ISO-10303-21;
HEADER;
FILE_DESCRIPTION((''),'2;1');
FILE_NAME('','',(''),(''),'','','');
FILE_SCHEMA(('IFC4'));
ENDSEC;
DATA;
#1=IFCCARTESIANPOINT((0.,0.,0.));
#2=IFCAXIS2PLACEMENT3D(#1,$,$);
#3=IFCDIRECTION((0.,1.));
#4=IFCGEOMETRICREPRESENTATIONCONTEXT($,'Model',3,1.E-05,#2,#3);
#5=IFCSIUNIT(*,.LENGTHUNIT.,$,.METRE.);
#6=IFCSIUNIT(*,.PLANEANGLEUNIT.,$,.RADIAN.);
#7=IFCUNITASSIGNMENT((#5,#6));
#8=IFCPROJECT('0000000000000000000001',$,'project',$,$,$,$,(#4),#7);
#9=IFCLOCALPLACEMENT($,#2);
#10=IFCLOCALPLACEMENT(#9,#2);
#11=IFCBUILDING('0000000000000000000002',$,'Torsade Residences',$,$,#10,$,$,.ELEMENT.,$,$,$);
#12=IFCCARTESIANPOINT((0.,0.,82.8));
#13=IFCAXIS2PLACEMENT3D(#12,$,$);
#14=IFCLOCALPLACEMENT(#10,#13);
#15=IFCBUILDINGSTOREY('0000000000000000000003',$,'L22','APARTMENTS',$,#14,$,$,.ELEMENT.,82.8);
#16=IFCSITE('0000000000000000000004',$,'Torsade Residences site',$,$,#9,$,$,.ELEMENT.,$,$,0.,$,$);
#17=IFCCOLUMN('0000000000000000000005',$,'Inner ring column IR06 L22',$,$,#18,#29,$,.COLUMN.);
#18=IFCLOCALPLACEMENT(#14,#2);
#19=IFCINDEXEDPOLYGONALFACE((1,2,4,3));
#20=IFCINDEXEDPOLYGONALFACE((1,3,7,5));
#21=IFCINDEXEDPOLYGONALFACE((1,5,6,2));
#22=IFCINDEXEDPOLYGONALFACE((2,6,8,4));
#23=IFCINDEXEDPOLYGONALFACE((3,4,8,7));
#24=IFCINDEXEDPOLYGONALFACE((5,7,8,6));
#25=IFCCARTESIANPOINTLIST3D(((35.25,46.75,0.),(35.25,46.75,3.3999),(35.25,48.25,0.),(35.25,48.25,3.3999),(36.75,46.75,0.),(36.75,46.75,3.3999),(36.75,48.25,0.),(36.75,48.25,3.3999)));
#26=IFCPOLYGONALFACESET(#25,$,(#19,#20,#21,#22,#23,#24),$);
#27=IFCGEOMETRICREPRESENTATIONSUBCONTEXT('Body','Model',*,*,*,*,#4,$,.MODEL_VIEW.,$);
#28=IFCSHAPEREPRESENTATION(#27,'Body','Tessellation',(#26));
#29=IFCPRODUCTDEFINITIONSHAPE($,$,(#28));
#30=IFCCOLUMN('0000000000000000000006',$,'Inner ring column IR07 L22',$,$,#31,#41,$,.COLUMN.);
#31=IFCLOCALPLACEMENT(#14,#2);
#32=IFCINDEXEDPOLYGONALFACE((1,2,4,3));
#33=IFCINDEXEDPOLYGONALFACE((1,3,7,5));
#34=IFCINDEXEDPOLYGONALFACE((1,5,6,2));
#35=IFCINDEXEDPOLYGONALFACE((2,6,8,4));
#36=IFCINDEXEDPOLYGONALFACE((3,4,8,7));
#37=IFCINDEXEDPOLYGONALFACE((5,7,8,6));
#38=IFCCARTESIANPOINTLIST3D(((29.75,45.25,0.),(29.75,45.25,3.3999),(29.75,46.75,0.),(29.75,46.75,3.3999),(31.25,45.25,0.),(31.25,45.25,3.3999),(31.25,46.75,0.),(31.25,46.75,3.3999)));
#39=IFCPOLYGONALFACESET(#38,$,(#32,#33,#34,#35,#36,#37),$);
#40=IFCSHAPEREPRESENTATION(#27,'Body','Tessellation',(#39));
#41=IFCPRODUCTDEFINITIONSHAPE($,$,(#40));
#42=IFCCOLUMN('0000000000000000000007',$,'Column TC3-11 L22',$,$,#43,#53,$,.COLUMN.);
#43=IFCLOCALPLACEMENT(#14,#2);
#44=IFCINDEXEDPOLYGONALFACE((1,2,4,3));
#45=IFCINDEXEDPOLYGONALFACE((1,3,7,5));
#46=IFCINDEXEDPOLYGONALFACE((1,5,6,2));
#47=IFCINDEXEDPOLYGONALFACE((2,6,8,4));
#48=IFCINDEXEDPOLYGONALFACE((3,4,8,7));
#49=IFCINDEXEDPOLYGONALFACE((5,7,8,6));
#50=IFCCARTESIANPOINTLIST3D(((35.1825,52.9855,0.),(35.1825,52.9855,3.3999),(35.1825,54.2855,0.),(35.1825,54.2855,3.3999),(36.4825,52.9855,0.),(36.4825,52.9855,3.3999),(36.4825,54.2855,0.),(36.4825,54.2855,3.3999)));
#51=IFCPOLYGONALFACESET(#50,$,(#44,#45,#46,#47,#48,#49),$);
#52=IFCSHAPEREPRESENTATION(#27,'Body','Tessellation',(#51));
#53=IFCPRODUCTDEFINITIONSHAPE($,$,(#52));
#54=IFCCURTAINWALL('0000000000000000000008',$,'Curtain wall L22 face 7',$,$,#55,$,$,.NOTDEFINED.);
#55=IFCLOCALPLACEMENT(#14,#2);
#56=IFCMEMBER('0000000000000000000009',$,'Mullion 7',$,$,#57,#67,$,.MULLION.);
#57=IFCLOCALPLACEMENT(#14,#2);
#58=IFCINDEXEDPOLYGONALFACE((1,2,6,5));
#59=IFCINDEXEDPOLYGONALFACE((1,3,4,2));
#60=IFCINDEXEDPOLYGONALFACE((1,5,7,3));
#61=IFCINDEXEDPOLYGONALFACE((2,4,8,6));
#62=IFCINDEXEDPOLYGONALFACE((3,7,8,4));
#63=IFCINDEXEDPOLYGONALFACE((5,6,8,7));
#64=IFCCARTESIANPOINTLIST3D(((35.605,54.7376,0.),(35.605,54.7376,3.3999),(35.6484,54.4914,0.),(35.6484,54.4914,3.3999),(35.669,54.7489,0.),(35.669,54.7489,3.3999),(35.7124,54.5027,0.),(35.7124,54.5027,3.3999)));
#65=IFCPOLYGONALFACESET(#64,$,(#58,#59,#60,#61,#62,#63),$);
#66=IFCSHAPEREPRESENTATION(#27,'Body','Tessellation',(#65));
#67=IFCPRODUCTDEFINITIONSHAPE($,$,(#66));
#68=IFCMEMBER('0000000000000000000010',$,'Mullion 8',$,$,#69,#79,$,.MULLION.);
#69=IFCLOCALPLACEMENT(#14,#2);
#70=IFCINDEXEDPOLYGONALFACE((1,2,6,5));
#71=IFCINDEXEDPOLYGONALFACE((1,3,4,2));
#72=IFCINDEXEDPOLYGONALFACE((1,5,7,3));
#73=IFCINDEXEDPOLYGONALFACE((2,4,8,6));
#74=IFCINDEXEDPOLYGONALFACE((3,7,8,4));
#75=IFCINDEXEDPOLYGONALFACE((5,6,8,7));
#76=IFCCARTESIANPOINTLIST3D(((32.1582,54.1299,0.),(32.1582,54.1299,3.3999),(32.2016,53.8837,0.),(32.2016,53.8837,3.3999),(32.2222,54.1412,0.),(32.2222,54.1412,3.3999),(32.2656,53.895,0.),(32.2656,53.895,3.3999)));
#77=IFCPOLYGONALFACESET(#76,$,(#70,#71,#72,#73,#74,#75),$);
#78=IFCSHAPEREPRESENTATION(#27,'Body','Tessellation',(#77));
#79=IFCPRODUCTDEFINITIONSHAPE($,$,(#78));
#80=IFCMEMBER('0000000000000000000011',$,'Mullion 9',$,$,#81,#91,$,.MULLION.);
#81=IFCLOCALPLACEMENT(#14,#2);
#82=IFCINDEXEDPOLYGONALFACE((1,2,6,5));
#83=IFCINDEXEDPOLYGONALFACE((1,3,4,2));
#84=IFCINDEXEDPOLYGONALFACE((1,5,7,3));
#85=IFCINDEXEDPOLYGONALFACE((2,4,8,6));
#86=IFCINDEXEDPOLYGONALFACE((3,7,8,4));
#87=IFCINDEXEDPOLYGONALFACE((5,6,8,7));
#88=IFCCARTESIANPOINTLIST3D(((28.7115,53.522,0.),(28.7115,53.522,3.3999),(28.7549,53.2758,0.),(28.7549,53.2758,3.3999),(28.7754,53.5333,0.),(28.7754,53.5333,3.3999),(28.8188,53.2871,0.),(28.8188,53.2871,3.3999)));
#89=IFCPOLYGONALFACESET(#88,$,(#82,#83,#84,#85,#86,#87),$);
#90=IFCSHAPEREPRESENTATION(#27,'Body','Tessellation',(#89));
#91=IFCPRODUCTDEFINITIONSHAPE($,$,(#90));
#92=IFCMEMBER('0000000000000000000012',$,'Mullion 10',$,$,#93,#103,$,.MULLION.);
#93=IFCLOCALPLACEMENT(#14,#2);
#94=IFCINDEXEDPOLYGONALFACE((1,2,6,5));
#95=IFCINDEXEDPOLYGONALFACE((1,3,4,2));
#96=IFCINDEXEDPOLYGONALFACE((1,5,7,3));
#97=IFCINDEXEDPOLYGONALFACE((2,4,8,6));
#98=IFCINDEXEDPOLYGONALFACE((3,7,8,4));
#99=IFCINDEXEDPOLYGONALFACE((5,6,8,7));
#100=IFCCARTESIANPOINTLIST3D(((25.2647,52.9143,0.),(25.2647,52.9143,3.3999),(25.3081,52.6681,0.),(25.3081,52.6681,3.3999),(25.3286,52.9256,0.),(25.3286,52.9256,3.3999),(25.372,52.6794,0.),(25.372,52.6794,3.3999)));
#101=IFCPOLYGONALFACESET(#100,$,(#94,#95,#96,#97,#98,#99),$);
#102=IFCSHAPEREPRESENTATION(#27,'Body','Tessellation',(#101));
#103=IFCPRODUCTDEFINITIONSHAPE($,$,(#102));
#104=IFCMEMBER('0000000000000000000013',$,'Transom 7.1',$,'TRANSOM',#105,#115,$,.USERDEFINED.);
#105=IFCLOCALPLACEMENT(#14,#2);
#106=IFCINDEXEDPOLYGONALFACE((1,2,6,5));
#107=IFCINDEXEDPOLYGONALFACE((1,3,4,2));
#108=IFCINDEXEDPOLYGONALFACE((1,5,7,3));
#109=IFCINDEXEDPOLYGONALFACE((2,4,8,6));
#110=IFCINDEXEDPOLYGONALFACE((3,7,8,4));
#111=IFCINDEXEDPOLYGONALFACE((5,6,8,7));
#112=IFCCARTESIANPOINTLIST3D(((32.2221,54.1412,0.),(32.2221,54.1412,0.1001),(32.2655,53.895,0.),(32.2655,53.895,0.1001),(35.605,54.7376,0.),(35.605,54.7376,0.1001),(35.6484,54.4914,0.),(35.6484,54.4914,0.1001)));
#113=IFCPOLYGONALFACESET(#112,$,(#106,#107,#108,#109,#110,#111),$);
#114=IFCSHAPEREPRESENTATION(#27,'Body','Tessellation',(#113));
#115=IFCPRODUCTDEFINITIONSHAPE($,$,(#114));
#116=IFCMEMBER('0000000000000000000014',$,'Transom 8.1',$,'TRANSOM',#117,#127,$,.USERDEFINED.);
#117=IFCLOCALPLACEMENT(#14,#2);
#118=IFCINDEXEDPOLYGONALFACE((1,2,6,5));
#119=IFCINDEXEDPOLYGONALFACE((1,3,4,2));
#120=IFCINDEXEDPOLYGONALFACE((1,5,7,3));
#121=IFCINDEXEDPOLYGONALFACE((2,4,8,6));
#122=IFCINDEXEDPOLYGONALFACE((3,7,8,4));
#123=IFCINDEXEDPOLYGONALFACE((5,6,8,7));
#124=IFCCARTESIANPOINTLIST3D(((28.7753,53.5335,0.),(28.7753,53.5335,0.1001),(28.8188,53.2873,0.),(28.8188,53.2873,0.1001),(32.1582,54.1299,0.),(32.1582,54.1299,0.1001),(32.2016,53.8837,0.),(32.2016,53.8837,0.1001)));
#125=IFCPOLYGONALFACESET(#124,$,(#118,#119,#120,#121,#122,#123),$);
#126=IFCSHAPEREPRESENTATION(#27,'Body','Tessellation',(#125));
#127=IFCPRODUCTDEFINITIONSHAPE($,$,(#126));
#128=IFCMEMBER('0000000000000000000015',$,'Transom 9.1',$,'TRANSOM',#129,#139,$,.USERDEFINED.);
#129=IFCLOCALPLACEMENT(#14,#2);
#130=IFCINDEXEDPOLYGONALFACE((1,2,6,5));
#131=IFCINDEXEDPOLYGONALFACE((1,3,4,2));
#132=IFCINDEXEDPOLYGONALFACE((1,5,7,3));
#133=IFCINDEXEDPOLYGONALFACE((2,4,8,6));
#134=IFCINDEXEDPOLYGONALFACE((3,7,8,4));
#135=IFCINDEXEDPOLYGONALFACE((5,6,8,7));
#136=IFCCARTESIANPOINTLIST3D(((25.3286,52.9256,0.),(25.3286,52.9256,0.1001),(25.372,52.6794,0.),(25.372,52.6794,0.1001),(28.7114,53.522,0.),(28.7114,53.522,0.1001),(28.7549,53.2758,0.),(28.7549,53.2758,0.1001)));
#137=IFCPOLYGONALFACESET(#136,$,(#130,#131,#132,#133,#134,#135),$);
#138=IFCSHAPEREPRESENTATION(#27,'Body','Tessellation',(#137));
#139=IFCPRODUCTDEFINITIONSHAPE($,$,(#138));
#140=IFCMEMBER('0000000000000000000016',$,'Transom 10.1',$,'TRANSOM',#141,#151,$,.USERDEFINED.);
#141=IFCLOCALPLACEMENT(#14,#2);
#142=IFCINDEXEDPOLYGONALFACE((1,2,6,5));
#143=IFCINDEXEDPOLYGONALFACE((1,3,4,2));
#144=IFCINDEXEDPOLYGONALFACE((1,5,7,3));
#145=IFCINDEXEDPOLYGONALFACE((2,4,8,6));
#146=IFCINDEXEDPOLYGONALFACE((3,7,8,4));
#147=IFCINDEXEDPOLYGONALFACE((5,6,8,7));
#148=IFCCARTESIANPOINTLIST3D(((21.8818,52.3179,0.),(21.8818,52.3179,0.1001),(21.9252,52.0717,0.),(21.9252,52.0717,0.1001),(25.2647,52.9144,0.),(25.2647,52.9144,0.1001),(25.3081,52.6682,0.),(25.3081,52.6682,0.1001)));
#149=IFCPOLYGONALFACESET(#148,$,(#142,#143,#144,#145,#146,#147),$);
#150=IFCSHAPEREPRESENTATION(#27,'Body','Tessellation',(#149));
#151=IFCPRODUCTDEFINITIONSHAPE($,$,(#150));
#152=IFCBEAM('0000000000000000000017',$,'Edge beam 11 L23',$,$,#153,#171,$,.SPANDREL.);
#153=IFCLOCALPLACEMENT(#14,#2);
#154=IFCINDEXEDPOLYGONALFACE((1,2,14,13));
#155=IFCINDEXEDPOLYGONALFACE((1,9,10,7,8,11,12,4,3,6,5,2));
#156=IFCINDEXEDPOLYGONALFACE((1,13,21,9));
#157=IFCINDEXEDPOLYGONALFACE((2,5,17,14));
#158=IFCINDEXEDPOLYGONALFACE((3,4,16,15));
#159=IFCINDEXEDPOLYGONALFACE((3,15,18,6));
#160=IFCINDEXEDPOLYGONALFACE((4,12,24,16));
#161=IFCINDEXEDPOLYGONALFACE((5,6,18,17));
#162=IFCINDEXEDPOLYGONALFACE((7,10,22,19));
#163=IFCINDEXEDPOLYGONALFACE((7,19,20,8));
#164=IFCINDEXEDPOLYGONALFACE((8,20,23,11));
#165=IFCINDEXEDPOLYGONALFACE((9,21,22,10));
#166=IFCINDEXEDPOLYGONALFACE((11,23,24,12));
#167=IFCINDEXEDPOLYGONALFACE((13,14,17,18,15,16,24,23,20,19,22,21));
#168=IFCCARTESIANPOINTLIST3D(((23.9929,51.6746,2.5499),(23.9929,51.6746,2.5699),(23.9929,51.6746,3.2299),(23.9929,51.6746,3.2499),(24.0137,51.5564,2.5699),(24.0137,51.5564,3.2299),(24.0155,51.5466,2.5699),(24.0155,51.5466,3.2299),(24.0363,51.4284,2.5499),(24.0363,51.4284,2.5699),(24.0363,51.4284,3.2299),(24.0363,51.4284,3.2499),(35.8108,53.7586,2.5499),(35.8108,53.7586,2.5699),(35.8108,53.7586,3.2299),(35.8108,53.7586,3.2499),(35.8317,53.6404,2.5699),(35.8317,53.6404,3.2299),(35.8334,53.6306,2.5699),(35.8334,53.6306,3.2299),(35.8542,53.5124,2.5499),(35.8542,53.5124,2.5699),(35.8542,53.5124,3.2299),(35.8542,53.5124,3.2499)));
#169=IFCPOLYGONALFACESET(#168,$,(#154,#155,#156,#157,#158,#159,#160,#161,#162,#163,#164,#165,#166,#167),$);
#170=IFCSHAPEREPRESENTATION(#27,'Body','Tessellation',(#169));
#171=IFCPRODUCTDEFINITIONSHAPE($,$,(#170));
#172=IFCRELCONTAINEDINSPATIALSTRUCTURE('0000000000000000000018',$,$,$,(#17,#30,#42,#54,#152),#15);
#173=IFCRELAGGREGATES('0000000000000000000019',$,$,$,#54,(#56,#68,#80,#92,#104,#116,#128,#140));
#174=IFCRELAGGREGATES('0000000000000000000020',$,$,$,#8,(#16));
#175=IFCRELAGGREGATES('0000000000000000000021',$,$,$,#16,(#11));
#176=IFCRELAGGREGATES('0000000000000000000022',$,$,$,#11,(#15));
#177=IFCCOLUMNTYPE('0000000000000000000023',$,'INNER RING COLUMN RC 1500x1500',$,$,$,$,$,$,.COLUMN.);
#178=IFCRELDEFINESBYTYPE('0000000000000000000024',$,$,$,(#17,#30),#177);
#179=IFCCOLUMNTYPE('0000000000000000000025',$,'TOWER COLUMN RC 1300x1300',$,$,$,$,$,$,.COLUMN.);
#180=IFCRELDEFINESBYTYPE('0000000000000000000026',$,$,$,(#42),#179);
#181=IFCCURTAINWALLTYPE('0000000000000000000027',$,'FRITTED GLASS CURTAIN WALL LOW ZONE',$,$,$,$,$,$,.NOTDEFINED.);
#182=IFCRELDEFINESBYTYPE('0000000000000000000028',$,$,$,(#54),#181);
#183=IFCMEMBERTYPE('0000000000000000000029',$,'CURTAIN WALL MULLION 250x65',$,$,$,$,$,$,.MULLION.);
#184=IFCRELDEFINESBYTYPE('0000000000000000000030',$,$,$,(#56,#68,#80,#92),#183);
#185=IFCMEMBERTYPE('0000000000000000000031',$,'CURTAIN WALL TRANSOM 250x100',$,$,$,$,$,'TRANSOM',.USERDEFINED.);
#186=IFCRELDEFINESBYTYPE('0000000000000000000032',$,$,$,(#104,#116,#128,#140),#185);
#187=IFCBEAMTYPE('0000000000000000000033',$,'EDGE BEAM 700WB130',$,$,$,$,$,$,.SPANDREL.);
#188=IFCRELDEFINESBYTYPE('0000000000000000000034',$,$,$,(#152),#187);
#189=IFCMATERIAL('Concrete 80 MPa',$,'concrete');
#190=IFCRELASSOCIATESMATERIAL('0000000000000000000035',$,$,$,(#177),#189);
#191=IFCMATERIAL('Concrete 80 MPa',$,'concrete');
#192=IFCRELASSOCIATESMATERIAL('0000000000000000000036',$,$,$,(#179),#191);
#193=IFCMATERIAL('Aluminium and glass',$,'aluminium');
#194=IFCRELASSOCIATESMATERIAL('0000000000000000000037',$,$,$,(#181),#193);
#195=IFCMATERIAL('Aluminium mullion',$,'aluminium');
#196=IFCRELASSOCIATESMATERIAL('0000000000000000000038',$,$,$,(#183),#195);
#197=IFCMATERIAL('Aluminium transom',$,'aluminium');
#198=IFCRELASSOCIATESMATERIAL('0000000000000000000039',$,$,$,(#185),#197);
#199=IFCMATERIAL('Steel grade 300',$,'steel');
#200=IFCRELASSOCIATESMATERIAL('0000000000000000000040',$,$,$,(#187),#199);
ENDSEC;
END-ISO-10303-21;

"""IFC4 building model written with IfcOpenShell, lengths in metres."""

from ifc_helpers import new_model, si_unit, direction, frame, origin, origin_2d, place, context, subcontext, project, spatial, rectangle, i_section, extrude, material, material_profile, profile_set, type_object, element, aggregate, save


model = new_model("IFC4")

# Units and contexts
model_context = context("Model", 3, precision=1e-05, world=origin(), true_north=direction((0.0, 1.0)))
body_context = subcontext(model_context, "Body", "Model", "MODEL_VIEW")
ifc_project = project(units=[si_unit("LENGTHUNIT", "METRE"), si_unit("PLANEANGLEUNIT", "RADIAN")], contexts=[model_context])

# Site, building, storey
site_placement = place(None, origin())
site = spatial("IfcSite", under=ifc_project, at=site_placement, Name="Torsade Residences site", CompositionType="ELEMENT", RefElevation=0.0)
building_placement = place(site_placement, origin())
building = spatial("IfcBuilding", under=site, at=building_placement, Name="Torsade Residences", CompositionType="ELEMENT")
storey_placement = place(building_placement, frame((0.0, 0.0, 82.8)))
storey = spatial("IfcBuildingStorey", under=building, at=storey_placement, Name="L22", Description="APARTMENTS", CompositionType="ELEMENT", Elevation=82.8)

# Columns
ifc_material_1 = material(Name="Concrete 80 MPa", Category="concrete")
ifc_material_profile_1 = material_profile(ifc_material_1, rectangle(XDim=1.5, YDim=1.5, at=origin_2d()), Name="RC 1500x1500")
ifc_profile_set_1 = profile_set([ifc_material_profile_1], Name="Concrete 80 MPa")
column_type_1 = type_object("IfcColumnType", Name="INNER RING COLUMN RC 1500x1500", PredefinedType="COLUMN", material=ifc_profile_set_1)
for number, where, z_axis, x_axis, name in (
    (1, (36.0, 47.5, 0.0), (0.0, 0.0, 1.0), (1.0, 0.0, 0.0), "Inner ring column IR06 L22"),
    (2, (30.5, 46.0, 0.0), (0.0, 0.0, 1.0), (1.0, 0.0, 0.0), "Inner ring column IR07 L22"),
):
    element("IfcColumn", number, at=place(storey_placement, frame(where, z_axis=z_axis, x_axis=x_axis)), inside=storey, type_object=column_type_1, Name=name, PredefinedType="COLUMN", context=body_context, shape_type="SweptSolid", body=[
        extrude(rectangle(XDim=1.5, YDim=1.5, at=origin_2d()), origin(), (0.0, 0.0, 1.0), 3.3999),
    ])
ifc_material_2 = material(Name="Concrete 80 MPa", Category="concrete")
ifc_material_profile_2 = material_profile(ifc_material_2, rectangle(XDim=1.3, YDim=1.3, at=origin_2d()), Name="RC 1300x1300")
ifc_profile_set_2 = profile_set([ifc_material_profile_2], Name="Concrete 80 MPa")
column_type_2 = type_object("IfcColumnType", Name="TOWER COLUMN RC 1300x1300", PredefinedType="COLUMN", material=ifc_profile_set_2)
column_placement = place(storey_placement, frame((35.8325, 53.6355, 0.0), z_axis=(0.0, 0.0, 1.0), x_axis=(1.0, 0.0, 0.0)))
element("IfcColumn", 3, at=column_placement, inside=storey, type_object=column_type_2, Name="Column TC3-11 L22", PredefinedType="COLUMN", context=body_context, shape_type="SweptSolid", body=[
    extrude(rectangle(XDim=1.3, YDim=1.3, at=origin_2d()), origin(), (0.0, 0.0, 1.0), 3.3999),
])

# Curtain wall, members
ifc_material_3 = material(Name="Aluminium and glass", Category="aluminium")
curtain_wall_type = type_object("IfcCurtainWallType", Name="FRITTED GLASS CURTAIN WALL LOW ZONE", PredefinedType="NOTDEFINED", material=ifc_material_3)
curtain_wall_placement = place(storey_placement, origin())
curtain_wall = element("IfcCurtainWall", 4, at=curtain_wall_placement, inside=storey, type_object=curtain_wall_type, Name="Curtain wall L22 face 7", PredefinedType="NOTDEFINED")
ifc_material_4 = material(Name="Aluminium mullion", Category="aluminium")
ifc_material_profile_3 = material_profile(ifc_material_4, rectangle(XDim=0.25, YDim=0.0649, at=origin_2d()), Name="CURTAIN WALL MULLION 250x65")
ifc_profile_set_3 = profile_set([ifc_material_profile_3], Name="Aluminium mullion")
member_type_1 = type_object("IfcMemberType", Name="CURTAIN WALL MULLION 250x65", PredefinedType="MULLION", material=ifc_profile_set_3)
member_1_placement = place(storey_placement, frame((35.6587, 54.6201, 0.0), z_axis=(0.0, 0.0, 1.0), x_axis=(0.173648, -0.984808, 0.0)))
member_1 = element("IfcMember", 5, at=member_1_placement, type_object=member_type_1, Name="Mullion 7", PredefinedType="MULLION", context=body_context, shape_type="SweptSolid", body=[
    extrude(rectangle(XDim=0.25, YDim=0.0649, at=origin_2d()), origin(), (0.0, 0.0, 1.0), 3.3999),
])
member_2_placement = place(storey_placement, frame((32.2119, 54.0125, 0.0), z_axis=(0.0, 0.0, 1.0), x_axis=(0.173648, -0.984808, 0.0)))
member_2 = element("IfcMember", 6, at=member_2_placement, type_object=member_type_1, Name="Mullion 8", PredefinedType="MULLION", context=body_context, shape_type="SweptSolid", body=[
    extrude(rectangle(XDim=0.25, YDim=0.0649, at=origin_2d()), origin(), (0.0, 0.0, 1.0), 3.3999),
])
member_3_placement = place(storey_placement, frame((28.7651, 53.4045, 0.0), z_axis=(0.0, 0.0, 1.0), x_axis=(0.173648, -0.984808, 0.0)))
member_3 = element("IfcMember", 7, at=member_3_placement, type_object=member_type_1, Name="Mullion 9", PredefinedType="MULLION", context=body_context, shape_type="SweptSolid", body=[
    extrude(rectangle(XDim=0.25, YDim=0.0649, at=origin_2d()), origin(), (0.0, 0.0, 1.0), 3.3999),
])
member_4_placement = place(storey_placement, frame((25.3184, 52.7969, 0.0), z_axis=(0.0, 0.0, 1.0), x_axis=(0.173648, -0.984808, 0.0)))
member_4 = element("IfcMember", 8, at=member_4_placement, type_object=member_type_1, Name="Mullion 10", PredefinedType="MULLION", context=body_context, shape_type="SweptSolid", body=[
    extrude(rectangle(XDim=0.25, YDim=0.0649, at=origin_2d()), origin(), (0.0, 0.0, 1.0), 3.3999),
])
ifc_material_5 = material(Name="Aluminium transom", Category="aluminium")
ifc_material_profile_4 = material_profile(ifc_material_5, rectangle(XDim=0.25, YDim=0.1001, at=origin_2d()), Name="CURTAIN WALL TRANSOM 250x100")
ifc_profile_set_4 = profile_set([ifc_material_profile_4], Name="Aluminium transom")
member_type_2 = type_object("IfcMemberType", Name="CURTAIN WALL TRANSOM 250x100", ElementType="TRANSOM", PredefinedType="USERDEFINED", material=ifc_profile_set_4)
member_5_placement = place(storey_placement, frame((35.6267, 54.6145, 0.05), z_axis=(-0.98481, -0.173635, 0.0), x_axis=(0.173635, -0.98481, 0.0)))
member_5 = element("IfcMember", 9, at=member_5_placement, type_object=member_type_2, Name="Transom 7.1", ObjectType="TRANSOM", PredefinedType="USERDEFINED", context=body_context, shape_type="SweptSolid", body=[
    extrude(rectangle(XDim=0.25, YDim=0.1001, at=origin_2d()), origin(), (0.0, 0.0, 1.0), 3.4351),
])
member_6_placement = place(storey_placement, frame((32.1799, 54.0068, 0.05), z_axis=(-0.98481, -0.173635, 0.0), x_axis=(0.173635, -0.98481, 0.0)))
member_6 = element("IfcMember", 10, at=member_6_placement, type_object=member_type_2, Name="Transom 8.1", ObjectType="TRANSOM", PredefinedType="USERDEFINED", context=body_context, shape_type="SweptSolid", body=[
    extrude(rectangle(XDim=0.25, YDim=0.1001, at=origin_2d()), origin(), (0.0, 0.0, 1.0), 3.4351),
])
member_7_placement = place(storey_placement, frame((28.7332, 53.3989, 0.05), z_axis=(-0.98481, -0.173635, 0.0), x_axis=(0.173635, -0.98481, 0.0)))
member_7 = element("IfcMember", 11, at=member_7_placement, type_object=member_type_2, Name="Transom 9.1", ObjectType="TRANSOM", PredefinedType="USERDEFINED", context=body_context, shape_type="SweptSolid", body=[
    extrude(rectangle(XDim=0.25, YDim=0.1001, at=origin_2d()), origin(), (0.0, 0.0, 1.0), 3.4351),
])
member_8_placement = place(storey_placement, frame((25.2864, 52.7913, 0.05), z_axis=(-0.98481, -0.173635, 0.0), x_axis=(0.173635, -0.98481, 0.0)))
member_8 = element("IfcMember", 12, at=member_8_placement, type_object=member_type_2, Name="Transom 10.1", ObjectType="TRANSOM", PredefinedType="USERDEFINED", context=body_context, shape_type="SweptSolid", body=[
    extrude(rectangle(XDim=0.25, YDim=0.1001, at=origin_2d()), origin(), (0.0, 0.0, 1.0), 3.4351),
])

# Beam
ifc_material_6 = material(Name="Steel grade 300", Category="steel")
ifc_material_profile_5 = material_profile(ifc_material_6, i_section(OverallWidth=0.25, OverallDepth=0.7, WebThickness=0.01, FlangeThickness=0.02, at=origin_2d()), Name="700WB130")
ifc_profile_set_5 = profile_set([ifc_material_profile_5], Name="Steel grade 300")
beam_type_1 = type_object("IfcBeamType", Name="EDGE BEAM 700WB130", PredefinedType="SPANDREL", material=ifc_profile_set_5)
beam_1_placement = place(storey_placement, frame((35.8325, 53.6355, 2.8999), z_axis=(-0.984805, -0.173662, 0.0), x_axis=(0.173662, -0.984805, 0.0)))
element("IfcBeam", 13, at=beam_1_placement, inside=storey, type_object=beam_type_1, Name="Edge beam 11 L23", PredefinedType="SPANDREL", context=body_context, shape_type="SweptSolid", body=[
    extrude(i_section(OverallWidth=0.25, OverallDepth=0.7, WebThickness=0.01, FlangeThickness=0.02, at=origin_2d()), origin(), (0.0, 0.0, 1.0), 12.0002),
])

aggregate(curtain_wall, [member_1, member_2, member_3, member_4, member_5, member_6, member_7, member_8])

save(model, "model.ifc")
